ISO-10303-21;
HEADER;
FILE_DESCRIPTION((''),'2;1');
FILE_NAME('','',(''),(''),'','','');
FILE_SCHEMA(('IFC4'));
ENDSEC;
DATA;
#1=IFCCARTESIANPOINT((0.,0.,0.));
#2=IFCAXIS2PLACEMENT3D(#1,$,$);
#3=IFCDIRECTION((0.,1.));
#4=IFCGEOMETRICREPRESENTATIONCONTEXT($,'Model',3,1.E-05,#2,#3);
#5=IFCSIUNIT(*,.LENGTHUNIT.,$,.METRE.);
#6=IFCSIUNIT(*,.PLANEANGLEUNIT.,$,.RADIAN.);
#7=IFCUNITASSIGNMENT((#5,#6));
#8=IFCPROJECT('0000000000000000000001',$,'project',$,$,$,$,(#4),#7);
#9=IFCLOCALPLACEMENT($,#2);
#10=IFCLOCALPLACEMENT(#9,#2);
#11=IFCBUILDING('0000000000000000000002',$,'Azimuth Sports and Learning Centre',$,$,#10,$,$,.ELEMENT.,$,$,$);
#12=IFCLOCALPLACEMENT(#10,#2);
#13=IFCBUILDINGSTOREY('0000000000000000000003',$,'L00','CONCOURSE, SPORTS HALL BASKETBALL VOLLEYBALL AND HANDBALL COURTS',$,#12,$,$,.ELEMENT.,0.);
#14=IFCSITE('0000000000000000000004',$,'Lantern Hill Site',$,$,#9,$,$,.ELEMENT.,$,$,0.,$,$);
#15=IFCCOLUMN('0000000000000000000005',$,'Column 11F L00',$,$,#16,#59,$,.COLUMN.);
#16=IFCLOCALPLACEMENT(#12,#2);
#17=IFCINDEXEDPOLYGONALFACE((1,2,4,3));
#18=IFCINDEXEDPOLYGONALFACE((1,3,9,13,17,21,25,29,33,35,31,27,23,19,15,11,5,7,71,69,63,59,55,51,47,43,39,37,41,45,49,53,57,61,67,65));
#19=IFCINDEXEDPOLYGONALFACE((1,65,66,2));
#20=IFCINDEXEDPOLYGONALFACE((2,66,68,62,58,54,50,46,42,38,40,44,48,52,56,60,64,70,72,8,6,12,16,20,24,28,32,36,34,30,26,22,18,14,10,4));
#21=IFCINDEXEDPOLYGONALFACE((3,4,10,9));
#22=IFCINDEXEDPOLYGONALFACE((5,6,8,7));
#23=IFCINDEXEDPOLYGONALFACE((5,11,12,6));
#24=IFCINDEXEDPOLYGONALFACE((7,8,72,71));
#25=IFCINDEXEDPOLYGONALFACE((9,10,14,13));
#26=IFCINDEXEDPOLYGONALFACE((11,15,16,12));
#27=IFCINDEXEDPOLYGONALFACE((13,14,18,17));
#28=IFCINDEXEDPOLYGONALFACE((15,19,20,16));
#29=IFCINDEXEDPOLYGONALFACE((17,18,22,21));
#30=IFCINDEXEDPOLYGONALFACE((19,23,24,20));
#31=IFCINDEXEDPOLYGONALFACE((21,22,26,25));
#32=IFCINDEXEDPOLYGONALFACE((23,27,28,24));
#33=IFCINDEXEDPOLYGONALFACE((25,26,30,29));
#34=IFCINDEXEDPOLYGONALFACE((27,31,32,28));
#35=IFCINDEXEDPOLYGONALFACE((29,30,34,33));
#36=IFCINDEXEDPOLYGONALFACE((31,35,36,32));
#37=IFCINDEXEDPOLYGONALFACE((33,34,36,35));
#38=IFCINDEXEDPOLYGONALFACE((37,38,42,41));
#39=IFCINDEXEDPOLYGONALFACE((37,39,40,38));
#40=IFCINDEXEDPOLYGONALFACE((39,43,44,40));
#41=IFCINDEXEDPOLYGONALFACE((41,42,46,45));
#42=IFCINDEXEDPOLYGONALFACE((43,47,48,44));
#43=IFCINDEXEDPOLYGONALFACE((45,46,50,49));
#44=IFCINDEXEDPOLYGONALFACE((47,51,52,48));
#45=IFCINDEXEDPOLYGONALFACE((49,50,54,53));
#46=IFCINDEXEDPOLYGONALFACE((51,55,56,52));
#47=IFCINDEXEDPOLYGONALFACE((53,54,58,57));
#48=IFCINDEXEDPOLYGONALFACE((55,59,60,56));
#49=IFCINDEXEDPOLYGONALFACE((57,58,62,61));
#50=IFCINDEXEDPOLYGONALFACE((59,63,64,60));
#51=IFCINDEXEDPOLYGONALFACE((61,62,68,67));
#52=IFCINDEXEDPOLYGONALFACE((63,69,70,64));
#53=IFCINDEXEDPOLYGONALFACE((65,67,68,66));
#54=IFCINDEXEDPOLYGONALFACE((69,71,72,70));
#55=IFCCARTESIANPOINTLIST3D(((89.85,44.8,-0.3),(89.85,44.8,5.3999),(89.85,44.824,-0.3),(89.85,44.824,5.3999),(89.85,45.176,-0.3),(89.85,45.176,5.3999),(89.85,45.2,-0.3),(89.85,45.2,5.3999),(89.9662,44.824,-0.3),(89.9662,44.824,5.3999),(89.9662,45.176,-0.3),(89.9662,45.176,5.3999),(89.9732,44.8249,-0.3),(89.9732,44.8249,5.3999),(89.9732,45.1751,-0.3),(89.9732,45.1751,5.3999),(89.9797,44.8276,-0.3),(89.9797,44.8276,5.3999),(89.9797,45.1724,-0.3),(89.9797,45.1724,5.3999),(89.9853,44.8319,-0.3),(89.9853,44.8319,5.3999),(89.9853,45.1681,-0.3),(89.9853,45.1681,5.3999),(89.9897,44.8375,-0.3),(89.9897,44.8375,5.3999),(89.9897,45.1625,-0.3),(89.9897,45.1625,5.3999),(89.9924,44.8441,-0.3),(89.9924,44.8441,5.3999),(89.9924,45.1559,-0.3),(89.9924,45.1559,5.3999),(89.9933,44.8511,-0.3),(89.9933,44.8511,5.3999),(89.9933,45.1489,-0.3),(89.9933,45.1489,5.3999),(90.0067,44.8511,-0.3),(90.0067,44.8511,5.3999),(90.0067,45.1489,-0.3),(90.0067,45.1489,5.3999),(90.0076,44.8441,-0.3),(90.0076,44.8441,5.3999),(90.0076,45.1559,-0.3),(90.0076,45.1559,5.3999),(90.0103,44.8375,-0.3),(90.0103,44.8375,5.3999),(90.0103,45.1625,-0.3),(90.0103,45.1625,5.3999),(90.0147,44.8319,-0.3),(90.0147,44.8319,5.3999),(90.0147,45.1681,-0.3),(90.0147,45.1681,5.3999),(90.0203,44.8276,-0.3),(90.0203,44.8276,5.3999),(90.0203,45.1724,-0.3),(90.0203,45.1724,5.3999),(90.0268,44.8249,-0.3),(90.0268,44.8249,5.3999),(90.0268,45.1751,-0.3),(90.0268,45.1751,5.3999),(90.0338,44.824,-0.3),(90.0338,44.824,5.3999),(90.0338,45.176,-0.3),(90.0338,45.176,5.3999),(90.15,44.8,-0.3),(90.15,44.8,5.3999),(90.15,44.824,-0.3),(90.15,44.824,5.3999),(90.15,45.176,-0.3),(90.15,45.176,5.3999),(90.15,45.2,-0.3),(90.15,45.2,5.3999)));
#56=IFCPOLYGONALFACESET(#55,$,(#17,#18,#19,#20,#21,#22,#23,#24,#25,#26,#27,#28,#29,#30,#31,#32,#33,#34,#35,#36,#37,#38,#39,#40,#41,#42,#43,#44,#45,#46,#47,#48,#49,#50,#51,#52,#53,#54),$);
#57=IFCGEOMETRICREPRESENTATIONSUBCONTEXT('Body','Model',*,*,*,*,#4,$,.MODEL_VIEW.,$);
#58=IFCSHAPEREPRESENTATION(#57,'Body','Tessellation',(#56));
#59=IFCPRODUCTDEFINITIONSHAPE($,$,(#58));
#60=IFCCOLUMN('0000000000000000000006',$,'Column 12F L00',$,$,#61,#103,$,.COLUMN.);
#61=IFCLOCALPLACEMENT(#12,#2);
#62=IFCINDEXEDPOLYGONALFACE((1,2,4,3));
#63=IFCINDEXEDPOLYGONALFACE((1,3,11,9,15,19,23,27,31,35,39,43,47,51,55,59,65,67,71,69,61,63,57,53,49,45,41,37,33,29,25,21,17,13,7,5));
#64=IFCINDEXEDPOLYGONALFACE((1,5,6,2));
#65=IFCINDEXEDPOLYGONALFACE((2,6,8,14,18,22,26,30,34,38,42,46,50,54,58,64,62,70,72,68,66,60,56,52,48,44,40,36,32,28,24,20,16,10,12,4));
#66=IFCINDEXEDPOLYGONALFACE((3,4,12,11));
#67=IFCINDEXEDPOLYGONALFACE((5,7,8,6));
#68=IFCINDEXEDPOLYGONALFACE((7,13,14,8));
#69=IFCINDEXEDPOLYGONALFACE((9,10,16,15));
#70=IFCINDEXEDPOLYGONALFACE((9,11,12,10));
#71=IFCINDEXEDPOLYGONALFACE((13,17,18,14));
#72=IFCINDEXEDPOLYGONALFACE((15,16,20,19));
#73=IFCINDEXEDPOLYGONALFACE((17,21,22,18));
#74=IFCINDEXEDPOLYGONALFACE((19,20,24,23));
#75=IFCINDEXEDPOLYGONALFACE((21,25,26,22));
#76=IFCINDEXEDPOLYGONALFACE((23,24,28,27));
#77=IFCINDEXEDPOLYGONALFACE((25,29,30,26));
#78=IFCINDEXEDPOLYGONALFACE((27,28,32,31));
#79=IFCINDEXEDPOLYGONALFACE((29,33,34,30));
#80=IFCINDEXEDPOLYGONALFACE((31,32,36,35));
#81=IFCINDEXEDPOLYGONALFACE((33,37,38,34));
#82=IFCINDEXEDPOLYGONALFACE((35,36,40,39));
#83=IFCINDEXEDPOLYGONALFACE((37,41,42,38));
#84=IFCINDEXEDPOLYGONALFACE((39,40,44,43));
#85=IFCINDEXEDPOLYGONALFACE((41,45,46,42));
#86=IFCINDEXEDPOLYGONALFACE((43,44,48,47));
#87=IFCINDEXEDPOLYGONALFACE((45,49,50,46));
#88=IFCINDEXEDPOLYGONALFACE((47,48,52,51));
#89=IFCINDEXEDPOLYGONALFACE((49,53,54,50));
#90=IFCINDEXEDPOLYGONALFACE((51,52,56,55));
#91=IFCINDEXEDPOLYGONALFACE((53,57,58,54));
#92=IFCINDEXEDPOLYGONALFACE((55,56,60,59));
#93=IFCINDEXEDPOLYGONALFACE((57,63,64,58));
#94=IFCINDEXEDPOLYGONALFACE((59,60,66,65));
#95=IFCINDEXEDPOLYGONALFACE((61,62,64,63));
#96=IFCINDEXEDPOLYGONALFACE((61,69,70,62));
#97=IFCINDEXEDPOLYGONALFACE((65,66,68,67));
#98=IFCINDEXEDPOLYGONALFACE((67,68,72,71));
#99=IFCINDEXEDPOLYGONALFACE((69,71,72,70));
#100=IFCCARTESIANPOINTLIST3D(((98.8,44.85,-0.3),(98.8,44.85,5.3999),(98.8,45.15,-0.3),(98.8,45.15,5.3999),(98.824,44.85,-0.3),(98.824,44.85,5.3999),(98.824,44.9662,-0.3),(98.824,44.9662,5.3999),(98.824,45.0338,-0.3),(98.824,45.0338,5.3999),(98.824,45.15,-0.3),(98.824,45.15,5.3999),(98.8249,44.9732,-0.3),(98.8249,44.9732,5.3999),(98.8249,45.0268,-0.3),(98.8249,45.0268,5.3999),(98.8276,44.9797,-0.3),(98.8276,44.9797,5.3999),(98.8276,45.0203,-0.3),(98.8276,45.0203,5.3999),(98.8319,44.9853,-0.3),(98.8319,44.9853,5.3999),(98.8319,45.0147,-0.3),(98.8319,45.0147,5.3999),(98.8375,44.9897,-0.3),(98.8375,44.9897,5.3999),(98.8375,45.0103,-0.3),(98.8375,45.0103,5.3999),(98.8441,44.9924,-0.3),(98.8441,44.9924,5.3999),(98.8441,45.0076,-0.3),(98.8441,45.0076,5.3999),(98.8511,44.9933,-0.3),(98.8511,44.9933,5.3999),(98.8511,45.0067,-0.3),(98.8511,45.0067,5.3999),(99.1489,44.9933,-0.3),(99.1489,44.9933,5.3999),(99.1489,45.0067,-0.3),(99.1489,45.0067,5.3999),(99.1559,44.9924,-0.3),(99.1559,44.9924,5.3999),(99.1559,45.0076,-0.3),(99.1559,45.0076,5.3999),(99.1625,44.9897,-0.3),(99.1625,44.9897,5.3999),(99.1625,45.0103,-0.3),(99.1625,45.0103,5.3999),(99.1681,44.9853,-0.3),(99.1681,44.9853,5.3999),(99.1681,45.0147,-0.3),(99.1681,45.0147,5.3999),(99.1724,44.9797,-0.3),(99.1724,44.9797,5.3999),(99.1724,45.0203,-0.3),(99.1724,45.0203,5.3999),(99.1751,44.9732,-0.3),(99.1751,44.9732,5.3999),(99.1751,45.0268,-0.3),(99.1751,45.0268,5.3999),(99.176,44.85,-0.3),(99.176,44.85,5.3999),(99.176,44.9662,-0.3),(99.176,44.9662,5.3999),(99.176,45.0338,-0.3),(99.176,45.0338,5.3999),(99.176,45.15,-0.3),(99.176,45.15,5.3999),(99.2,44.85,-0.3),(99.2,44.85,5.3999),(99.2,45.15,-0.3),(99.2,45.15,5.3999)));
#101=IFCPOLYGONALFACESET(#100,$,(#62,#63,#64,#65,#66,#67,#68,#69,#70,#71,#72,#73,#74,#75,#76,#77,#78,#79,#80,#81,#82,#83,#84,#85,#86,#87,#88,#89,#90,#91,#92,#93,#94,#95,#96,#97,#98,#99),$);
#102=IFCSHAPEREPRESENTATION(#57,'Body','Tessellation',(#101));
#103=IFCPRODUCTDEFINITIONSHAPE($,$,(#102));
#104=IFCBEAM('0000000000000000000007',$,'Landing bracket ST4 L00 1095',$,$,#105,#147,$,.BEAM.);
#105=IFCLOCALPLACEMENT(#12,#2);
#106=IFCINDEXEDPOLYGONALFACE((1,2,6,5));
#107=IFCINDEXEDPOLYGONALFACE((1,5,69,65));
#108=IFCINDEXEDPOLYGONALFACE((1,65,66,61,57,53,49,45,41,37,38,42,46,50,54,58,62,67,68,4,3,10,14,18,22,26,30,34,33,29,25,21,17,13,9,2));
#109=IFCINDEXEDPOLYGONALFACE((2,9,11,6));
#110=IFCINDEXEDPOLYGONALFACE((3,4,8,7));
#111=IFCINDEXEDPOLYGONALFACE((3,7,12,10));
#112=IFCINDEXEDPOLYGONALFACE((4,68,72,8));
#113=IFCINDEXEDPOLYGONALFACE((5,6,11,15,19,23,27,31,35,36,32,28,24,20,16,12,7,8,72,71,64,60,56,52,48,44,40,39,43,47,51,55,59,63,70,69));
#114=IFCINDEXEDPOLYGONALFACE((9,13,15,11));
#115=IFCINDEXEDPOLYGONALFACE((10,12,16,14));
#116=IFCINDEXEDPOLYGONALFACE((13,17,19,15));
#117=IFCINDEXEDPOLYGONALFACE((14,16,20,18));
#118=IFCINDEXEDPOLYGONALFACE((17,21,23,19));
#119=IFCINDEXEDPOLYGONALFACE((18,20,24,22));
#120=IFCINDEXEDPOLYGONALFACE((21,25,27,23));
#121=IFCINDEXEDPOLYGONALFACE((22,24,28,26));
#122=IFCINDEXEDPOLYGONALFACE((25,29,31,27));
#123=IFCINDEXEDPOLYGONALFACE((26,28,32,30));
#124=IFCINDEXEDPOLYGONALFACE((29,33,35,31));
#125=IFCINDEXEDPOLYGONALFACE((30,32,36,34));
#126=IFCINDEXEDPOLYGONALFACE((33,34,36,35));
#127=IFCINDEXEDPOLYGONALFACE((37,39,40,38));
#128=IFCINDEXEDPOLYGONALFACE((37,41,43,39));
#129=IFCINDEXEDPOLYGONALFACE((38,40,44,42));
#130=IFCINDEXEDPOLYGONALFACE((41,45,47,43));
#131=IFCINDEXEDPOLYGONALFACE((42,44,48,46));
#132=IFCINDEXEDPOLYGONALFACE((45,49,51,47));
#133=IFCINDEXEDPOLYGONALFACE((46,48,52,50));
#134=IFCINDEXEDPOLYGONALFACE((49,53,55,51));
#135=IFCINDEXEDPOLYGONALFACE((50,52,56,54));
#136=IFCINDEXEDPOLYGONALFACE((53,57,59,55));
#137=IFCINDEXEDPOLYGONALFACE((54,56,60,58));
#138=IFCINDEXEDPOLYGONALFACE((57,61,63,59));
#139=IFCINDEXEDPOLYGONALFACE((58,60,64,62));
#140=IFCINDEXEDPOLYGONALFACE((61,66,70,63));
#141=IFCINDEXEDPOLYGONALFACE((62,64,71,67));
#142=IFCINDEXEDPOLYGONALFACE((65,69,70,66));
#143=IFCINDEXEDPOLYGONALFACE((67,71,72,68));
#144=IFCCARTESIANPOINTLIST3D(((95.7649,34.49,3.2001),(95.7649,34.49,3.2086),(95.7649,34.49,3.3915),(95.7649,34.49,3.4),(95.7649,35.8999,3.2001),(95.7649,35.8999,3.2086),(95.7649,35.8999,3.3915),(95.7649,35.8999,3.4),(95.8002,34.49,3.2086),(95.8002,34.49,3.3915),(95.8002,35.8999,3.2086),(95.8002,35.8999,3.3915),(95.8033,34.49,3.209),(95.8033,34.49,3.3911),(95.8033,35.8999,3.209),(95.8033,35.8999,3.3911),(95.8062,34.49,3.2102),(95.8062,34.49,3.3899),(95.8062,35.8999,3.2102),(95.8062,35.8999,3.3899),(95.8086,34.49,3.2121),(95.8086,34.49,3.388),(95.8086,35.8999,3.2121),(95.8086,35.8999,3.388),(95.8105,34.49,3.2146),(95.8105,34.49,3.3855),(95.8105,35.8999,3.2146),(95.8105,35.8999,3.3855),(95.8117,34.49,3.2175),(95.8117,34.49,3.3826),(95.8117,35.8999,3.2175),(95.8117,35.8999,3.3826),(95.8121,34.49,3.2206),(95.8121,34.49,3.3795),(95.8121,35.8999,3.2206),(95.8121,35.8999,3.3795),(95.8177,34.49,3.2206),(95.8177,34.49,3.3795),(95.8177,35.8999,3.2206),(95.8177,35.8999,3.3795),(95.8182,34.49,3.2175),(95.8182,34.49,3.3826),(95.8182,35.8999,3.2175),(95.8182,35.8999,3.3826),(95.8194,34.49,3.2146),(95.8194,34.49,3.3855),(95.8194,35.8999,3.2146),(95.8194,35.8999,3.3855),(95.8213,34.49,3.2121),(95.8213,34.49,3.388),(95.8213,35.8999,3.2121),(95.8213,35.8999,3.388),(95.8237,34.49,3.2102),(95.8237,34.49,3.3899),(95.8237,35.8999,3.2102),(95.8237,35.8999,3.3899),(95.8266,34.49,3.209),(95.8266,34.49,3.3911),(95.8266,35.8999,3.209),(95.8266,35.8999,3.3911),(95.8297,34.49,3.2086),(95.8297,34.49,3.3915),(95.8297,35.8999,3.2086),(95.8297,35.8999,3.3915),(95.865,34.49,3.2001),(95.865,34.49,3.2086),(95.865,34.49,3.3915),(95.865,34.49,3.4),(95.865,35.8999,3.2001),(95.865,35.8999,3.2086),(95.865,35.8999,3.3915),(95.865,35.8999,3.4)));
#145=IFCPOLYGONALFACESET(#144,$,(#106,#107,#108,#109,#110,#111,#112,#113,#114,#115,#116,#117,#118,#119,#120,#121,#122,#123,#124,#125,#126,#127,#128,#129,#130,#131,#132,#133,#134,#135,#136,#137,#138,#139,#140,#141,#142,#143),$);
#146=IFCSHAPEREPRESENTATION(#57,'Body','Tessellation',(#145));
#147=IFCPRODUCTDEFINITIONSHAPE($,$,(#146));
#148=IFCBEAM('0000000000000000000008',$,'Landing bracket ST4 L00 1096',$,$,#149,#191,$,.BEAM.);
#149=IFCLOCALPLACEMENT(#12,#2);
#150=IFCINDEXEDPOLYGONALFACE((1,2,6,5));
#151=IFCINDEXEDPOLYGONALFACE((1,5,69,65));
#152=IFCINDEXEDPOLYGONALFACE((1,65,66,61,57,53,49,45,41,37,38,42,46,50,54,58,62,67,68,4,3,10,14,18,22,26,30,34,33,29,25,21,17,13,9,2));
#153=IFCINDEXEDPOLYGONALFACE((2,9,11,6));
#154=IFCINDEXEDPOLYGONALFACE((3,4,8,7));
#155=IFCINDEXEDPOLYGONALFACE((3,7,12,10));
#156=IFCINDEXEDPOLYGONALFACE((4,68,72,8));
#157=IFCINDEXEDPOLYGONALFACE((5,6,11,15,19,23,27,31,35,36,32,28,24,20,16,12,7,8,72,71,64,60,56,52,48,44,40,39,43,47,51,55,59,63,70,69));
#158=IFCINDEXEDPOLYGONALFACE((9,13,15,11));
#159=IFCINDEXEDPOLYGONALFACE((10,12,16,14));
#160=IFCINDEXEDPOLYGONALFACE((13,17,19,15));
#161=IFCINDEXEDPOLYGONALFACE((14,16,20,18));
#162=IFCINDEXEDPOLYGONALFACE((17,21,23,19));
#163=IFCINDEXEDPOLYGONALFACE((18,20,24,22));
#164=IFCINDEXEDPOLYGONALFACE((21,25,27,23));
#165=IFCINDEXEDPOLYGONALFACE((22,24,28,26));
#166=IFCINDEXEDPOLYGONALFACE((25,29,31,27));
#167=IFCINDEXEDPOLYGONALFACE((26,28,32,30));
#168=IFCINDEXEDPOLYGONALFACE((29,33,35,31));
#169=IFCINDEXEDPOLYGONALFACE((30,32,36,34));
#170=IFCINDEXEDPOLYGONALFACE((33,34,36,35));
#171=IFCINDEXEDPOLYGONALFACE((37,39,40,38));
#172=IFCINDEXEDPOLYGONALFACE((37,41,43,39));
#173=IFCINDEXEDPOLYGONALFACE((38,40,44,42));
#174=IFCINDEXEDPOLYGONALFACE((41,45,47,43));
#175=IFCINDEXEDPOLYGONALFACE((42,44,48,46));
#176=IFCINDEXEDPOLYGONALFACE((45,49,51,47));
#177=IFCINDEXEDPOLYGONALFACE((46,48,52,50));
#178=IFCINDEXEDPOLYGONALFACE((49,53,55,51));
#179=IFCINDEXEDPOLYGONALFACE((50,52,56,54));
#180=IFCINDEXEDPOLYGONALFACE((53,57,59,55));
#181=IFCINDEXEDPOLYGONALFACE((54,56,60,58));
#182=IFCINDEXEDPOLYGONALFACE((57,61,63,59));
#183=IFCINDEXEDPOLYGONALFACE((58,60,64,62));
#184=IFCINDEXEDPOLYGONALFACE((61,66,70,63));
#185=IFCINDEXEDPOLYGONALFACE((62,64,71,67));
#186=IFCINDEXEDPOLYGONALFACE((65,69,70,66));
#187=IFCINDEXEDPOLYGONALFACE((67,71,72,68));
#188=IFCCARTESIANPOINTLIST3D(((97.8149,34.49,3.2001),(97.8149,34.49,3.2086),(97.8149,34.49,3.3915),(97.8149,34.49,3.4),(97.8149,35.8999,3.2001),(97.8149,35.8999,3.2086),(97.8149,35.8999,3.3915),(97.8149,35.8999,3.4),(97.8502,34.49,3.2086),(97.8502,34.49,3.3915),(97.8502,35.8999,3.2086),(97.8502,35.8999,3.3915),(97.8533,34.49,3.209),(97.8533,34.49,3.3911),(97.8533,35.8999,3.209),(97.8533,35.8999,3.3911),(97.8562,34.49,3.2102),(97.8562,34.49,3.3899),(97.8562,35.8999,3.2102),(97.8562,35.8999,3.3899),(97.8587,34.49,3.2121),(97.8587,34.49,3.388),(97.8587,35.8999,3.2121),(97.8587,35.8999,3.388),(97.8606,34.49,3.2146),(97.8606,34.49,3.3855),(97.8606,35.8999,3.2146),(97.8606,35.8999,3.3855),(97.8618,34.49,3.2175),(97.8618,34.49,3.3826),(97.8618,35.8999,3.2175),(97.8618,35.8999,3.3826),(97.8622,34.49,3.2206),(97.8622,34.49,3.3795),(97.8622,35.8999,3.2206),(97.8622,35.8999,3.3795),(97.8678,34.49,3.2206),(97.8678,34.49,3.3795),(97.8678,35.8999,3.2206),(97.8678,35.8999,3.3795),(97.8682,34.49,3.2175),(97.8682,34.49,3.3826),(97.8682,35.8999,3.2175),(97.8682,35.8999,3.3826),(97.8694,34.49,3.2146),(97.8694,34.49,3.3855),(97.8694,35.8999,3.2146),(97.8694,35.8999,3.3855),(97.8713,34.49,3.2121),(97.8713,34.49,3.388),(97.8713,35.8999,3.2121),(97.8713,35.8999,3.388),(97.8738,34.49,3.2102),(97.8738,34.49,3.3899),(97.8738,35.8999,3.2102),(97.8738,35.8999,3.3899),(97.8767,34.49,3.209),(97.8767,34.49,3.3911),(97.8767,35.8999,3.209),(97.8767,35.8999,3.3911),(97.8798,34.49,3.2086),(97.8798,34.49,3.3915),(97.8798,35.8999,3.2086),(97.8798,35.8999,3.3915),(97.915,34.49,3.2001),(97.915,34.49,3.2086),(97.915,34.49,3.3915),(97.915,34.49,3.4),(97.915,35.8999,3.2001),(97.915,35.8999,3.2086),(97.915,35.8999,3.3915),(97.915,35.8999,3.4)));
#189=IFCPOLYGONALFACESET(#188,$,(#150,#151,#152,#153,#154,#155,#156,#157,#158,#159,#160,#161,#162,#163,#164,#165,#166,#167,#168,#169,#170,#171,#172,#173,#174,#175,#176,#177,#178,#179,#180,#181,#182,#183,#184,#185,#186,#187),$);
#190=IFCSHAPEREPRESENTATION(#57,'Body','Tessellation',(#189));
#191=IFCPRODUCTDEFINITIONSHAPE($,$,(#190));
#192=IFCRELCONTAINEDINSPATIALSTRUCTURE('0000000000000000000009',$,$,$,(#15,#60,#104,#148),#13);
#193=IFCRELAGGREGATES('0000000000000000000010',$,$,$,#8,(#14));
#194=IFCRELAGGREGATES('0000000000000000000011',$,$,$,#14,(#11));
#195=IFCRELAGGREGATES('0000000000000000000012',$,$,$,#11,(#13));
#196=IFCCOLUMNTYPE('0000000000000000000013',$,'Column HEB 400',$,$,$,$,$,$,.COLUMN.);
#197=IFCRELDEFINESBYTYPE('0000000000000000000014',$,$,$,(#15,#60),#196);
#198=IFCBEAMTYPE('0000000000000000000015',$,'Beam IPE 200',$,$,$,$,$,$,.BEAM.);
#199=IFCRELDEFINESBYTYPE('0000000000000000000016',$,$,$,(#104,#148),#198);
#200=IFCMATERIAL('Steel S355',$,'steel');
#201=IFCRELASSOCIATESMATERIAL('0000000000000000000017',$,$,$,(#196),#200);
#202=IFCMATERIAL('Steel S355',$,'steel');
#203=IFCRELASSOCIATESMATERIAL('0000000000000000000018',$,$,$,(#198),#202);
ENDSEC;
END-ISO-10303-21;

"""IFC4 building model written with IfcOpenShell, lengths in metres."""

from ifc_helpers import new_model, si_unit, direction, frame, origin, origin_2d, place, context, subcontext, project, spatial, i_section, extrude, material, material_profile, profile_set, type_object, element, save


model = new_model("IFC4")

# Units and contexts
model_context = context("Model", 3, precision=1e-05, world=origin(), true_north=direction((0.0, 1.0)))
body_context = subcontext(model_context, "Body", "Model", "MODEL_VIEW")
ifc_project = project(units=[si_unit("LENGTHUNIT", "METRE"), si_unit("PLANEANGLEUNIT", "RADIAN")], contexts=[model_context])

# Site, building, storey
site_placement = place(None, origin())
site = spatial("IfcSite", under=ifc_project, at=site_placement, Name="Lantern Hill Site", CompositionType="ELEMENT", RefElevation=0.0)
building_placement = place(site_placement, origin())
building = spatial("IfcBuilding", under=site, at=building_placement, Name="Azimuth Sports and Learning Centre", CompositionType="ELEMENT")
storey_placement = place(building_placement, origin())
storey = spatial("IfcBuildingStorey", under=building, at=storey_placement, Name="L00", Description="CONCOURSE, SPORTS HALL BASKETBALL VOLLEYBALL AND HANDBALL COURTS", CompositionType="ELEMENT", Elevation=0.0)

# Columns
ifc_material_1 = material(Name="Steel S355", Category="steel")
ifc_material_profile_1 = material_profile(ifc_material_1, i_section(OverallWidth=0.3, OverallDepth=0.3999, WebThickness=0.0134, FlangeThickness=0.0239, FilletRadius=0.0271, at=origin_2d()), Name="HEB 400")
ifc_profile_set_1 = profile_set([ifc_material_profile_1], Name="Steel S355")
column_type = type_object("IfcColumnType", Name="Column HEB 400", PredefinedType="COLUMN", material=ifc_profile_set_1)
for number, where, z_axis, x_axis, name in (
    (1, (90.0, 45.0, -0.3), (0.0, 0.0, 1.0), (1.0, 0.0, 0.0), "Column 11F L00"),
    (2, (99.0, 45.0, -0.3), (0.0, 0.0, 1.0), (0.0, 1.0, 0.0), "Column 12F L00"),
):
    element("IfcColumn", number, at=place(storey_placement, frame(where, z_axis=z_axis, x_axis=x_axis)), inside=storey, type_object=column_type, Name=name, PredefinedType="COLUMN", context=body_context, shape_type="SweptSolid", body=[
        extrude(i_section(OverallWidth=0.3, OverallDepth=0.3999, WebThickness=0.0134, FlangeThickness=0.0239, FilletRadius=0.0271, at=origin_2d()), origin(), (0.0, 0.0, 1.0), 5.7),
    ])

# Beams
ifc_material_2 = material(Name="Steel S355", Category="steel")
ifc_material_profile_2 = material_profile(ifc_material_2, i_section(OverallWidth=0.1001, OverallDepth=0.2, WebThickness=0.0056, FlangeThickness=0.0085, FilletRadius=0.012, at=origin_2d()), Name="IPE 200")
ifc_profile_set_2 = profile_set([ifc_material_profile_2], Name="Steel S355")
beam_type = type_object("IfcBeamType", Name="Beam IPE 200", PredefinedType="BEAM", material=ifc_profile_set_2)
for number, where, z_axis, x_axis, name in (
    (3, (95.8149, 35.8999, 3.3), (0.0, -1.0, 0.0), (1.0, 0.0, 0.0), "Landing bracket ST4 L00 1095"),
    (4, (97.865, 35.8999, 3.3), (0.0, -1.0, 0.0), (1.0, 0.0, 0.0), "Landing bracket ST4 L00 1096"),
):
    element("IfcBeam", number, at=place(storey_placement, frame(where, z_axis=z_axis, x_axis=x_axis)), inside=storey, type_object=beam_type, Name=name, PredefinedType="BEAM", context=body_context, shape_type="SweptSolid", body=[
        extrude(i_section(OverallWidth=0.1001, OverallDepth=0.2, WebThickness=0.0056, FlangeThickness=0.0085, FilletRadius=0.012, at=origin_2d()), origin(), (0.0, 0.0, 1.0), 1.4099),
    ])

save(model, "model.ifc")
